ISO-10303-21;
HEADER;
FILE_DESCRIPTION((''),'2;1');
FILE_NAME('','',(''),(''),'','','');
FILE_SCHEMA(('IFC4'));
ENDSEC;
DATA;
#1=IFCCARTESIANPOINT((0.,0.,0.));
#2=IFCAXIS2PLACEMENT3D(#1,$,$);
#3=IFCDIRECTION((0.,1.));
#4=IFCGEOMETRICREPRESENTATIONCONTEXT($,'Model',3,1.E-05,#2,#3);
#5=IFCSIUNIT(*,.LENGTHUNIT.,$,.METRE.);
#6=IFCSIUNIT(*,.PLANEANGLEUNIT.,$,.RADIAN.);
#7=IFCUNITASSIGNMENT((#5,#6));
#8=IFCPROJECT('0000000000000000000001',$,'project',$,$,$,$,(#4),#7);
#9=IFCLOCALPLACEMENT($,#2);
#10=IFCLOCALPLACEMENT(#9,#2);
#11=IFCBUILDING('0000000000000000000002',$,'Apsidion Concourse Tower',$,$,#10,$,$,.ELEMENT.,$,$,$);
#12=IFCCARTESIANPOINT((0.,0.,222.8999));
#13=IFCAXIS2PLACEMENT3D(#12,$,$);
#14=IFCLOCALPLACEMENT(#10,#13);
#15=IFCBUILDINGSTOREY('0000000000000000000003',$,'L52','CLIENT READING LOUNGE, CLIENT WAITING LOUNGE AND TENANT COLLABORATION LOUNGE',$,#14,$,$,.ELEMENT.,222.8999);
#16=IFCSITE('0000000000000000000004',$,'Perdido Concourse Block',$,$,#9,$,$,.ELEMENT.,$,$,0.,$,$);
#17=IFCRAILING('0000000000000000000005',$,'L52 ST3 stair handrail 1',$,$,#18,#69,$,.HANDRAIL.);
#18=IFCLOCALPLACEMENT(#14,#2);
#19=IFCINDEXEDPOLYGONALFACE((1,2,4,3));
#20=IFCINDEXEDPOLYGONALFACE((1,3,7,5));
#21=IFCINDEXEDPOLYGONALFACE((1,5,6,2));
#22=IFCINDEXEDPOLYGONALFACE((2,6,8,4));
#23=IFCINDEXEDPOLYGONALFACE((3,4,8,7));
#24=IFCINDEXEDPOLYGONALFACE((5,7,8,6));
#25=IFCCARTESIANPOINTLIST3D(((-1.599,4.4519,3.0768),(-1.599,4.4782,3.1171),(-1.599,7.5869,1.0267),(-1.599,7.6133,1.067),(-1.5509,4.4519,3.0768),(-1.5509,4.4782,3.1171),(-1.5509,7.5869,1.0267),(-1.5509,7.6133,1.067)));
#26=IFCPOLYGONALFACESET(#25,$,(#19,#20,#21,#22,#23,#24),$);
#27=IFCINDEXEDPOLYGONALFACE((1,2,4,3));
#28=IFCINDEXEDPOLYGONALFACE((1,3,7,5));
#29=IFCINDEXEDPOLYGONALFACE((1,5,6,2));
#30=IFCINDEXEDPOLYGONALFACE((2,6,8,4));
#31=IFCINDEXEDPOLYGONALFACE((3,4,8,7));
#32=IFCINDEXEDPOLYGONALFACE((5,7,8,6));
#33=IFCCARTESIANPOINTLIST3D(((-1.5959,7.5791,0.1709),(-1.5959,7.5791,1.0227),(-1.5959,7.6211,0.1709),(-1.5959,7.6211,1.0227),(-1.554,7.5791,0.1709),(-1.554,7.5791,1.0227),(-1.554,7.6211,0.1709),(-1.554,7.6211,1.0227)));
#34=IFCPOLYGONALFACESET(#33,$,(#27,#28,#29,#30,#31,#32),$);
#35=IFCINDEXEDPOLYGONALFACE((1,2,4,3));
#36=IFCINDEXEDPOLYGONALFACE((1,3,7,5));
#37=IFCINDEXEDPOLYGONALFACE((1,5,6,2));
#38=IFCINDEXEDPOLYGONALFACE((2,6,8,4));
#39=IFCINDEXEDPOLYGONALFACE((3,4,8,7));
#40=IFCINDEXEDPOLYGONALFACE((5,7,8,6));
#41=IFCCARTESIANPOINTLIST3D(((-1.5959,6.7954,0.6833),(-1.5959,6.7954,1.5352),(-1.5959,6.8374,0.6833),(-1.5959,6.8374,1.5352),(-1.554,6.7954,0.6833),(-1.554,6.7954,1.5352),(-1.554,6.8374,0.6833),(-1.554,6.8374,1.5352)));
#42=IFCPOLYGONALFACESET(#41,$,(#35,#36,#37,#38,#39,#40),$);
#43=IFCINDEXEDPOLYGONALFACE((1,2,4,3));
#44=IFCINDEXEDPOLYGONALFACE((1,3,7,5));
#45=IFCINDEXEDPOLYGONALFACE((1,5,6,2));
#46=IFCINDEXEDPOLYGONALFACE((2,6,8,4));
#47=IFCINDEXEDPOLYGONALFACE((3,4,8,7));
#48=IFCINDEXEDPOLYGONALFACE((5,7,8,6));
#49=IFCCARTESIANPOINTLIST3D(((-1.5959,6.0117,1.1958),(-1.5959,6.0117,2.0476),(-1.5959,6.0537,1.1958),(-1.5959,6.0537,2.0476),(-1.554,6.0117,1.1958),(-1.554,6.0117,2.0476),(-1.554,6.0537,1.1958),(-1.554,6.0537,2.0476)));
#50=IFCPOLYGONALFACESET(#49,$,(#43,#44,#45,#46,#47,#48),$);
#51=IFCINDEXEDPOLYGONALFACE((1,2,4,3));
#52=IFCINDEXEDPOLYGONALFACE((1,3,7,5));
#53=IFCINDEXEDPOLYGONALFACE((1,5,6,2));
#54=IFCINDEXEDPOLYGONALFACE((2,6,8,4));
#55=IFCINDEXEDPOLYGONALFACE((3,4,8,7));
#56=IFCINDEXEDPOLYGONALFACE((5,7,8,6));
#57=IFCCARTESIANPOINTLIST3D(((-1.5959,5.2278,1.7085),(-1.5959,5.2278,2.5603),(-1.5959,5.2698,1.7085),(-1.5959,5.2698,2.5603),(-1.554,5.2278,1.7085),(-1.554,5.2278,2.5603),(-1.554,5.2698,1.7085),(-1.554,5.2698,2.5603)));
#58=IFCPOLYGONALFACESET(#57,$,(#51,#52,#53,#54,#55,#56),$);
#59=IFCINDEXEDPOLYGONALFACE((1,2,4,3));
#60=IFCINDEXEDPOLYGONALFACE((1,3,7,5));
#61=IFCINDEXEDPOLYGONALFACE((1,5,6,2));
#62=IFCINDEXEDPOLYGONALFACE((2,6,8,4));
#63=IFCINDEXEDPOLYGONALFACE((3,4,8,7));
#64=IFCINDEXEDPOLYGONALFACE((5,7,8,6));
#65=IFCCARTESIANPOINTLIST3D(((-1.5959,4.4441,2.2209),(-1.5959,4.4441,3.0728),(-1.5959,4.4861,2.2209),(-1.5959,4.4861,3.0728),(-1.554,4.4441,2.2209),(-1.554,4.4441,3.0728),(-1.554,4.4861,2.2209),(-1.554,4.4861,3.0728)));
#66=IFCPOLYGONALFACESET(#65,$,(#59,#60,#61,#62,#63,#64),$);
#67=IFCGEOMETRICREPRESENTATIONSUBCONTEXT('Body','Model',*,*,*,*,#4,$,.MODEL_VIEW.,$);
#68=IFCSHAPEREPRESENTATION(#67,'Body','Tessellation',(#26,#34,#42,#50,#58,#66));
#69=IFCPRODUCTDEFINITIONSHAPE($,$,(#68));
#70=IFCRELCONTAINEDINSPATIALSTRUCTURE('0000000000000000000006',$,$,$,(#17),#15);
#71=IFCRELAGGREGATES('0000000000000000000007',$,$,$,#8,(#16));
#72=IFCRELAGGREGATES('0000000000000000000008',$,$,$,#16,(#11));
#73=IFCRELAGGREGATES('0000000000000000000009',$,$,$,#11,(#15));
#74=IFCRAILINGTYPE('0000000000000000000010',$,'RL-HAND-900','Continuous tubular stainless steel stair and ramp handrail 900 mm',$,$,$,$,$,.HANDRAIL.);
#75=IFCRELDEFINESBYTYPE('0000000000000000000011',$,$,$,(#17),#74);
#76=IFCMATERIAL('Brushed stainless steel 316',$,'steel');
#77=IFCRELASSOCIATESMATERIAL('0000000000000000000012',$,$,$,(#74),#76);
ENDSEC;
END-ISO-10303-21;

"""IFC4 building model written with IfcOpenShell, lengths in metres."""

from ifc_helpers import new_model, si_unit, direction, frame, origin, origin_2d, place, context, subcontext, project, spatial, rectangle, extrude, material, type_object, element, save


model = new_model("IFC4")

# Units and contexts
model_context = context("Model", 3, precision=1e-05, world=origin(), true_north=direction((0.0, 1.0)))
body_context = subcontext(model_context, "Body", "Model", "MODEL_VIEW")
ifc_project = project(units=[si_unit("LENGTHUNIT", "METRE"), si_unit("PLANEANGLEUNIT", "RADIAN")], contexts=[model_context])

# Site, building, storey
site_placement = place(None, origin())
site = spatial("IfcSite", under=ifc_project, at=site_placement, Name="Perdido Concourse Block", CompositionType="ELEMENT", RefElevation=0.0)
building_placement = place(site_placement, origin())
building = spatial("IfcBuilding", under=site, at=building_placement, Name="Apsidion Concourse Tower", CompositionType="ELEMENT")
storey_placement = place(building_placement, frame((0.0, 0.0, 222.8999)))
storey = spatial("IfcBuildingStorey", under=building, at=storey_placement, Name="L52", Description="CLIENT READING LOUNGE, CLIENT WAITING LOUNGE AND TENANT COLLABORATION LOUNGE", CompositionType="ELEMENT", Elevation=222.8999)

# Shared definitions
ifc_material_1 = material(Name="Brushed stainless steel 316", Category="steel")

# Railing
railing_type_1 = type_object("IfcRailingType", Name="RL-HAND-900", Description="Continuous tubular stainless steel stair and ramp handrail 900 mm", PredefinedType="HANDRAIL", material=ifc_material_1)
railing_1_placement = place(storey_placement, frame((-1.575, 7.6001, 0.1709)))
element("IfcRailing", 1, at=railing_1_placement, inside=storey, type_object=railing_type_1, Name="L52 ST3 stair handrail 1", PredefinedType="HANDRAIL", context=body_context, shape_type="SweptSolid", body=[
    extrude(rectangle(XDim=0.0481, YDim=0.0481, at=origin_2d()), frame((0.0, 0.0, 0.876), z_axis=(0.0, -0.836941, 0.547293), x_axis=(1.0, 0.0, 0.0)), (0.0, 0.0, 1.0), 3.7458),
    extrude(rectangle(XDim=0.042, YDim=0.042, at=origin_2d()), origin(), (0.0, 0.0, 1.0), 0.8518),
    extrude(rectangle(XDim=0.042, YDim=0.042, at=origin_2d()), frame((0.0, -0.7837, 0.5125)), (0.0, 0.0, 1.0), 0.8518),
    extrude(rectangle(XDim=0.042, YDim=0.042, at=origin_2d()), frame((0.0, -1.5674, 1.0249)), (0.0, 0.0, 1.0), 0.8518),
    extrude(rectangle(XDim=0.042, YDim=0.042, at=origin_2d()), frame((0.0, -2.3513, 1.5376)), (0.0, 0.0, 1.0), 0.8518),
    extrude(rectangle(XDim=0.042, YDim=0.042, at=origin_2d()), frame((0.0, -3.135, 2.05)), (0.0, 0.0, 1.0), 0.8518),
])

save(model, "model.ifc")
